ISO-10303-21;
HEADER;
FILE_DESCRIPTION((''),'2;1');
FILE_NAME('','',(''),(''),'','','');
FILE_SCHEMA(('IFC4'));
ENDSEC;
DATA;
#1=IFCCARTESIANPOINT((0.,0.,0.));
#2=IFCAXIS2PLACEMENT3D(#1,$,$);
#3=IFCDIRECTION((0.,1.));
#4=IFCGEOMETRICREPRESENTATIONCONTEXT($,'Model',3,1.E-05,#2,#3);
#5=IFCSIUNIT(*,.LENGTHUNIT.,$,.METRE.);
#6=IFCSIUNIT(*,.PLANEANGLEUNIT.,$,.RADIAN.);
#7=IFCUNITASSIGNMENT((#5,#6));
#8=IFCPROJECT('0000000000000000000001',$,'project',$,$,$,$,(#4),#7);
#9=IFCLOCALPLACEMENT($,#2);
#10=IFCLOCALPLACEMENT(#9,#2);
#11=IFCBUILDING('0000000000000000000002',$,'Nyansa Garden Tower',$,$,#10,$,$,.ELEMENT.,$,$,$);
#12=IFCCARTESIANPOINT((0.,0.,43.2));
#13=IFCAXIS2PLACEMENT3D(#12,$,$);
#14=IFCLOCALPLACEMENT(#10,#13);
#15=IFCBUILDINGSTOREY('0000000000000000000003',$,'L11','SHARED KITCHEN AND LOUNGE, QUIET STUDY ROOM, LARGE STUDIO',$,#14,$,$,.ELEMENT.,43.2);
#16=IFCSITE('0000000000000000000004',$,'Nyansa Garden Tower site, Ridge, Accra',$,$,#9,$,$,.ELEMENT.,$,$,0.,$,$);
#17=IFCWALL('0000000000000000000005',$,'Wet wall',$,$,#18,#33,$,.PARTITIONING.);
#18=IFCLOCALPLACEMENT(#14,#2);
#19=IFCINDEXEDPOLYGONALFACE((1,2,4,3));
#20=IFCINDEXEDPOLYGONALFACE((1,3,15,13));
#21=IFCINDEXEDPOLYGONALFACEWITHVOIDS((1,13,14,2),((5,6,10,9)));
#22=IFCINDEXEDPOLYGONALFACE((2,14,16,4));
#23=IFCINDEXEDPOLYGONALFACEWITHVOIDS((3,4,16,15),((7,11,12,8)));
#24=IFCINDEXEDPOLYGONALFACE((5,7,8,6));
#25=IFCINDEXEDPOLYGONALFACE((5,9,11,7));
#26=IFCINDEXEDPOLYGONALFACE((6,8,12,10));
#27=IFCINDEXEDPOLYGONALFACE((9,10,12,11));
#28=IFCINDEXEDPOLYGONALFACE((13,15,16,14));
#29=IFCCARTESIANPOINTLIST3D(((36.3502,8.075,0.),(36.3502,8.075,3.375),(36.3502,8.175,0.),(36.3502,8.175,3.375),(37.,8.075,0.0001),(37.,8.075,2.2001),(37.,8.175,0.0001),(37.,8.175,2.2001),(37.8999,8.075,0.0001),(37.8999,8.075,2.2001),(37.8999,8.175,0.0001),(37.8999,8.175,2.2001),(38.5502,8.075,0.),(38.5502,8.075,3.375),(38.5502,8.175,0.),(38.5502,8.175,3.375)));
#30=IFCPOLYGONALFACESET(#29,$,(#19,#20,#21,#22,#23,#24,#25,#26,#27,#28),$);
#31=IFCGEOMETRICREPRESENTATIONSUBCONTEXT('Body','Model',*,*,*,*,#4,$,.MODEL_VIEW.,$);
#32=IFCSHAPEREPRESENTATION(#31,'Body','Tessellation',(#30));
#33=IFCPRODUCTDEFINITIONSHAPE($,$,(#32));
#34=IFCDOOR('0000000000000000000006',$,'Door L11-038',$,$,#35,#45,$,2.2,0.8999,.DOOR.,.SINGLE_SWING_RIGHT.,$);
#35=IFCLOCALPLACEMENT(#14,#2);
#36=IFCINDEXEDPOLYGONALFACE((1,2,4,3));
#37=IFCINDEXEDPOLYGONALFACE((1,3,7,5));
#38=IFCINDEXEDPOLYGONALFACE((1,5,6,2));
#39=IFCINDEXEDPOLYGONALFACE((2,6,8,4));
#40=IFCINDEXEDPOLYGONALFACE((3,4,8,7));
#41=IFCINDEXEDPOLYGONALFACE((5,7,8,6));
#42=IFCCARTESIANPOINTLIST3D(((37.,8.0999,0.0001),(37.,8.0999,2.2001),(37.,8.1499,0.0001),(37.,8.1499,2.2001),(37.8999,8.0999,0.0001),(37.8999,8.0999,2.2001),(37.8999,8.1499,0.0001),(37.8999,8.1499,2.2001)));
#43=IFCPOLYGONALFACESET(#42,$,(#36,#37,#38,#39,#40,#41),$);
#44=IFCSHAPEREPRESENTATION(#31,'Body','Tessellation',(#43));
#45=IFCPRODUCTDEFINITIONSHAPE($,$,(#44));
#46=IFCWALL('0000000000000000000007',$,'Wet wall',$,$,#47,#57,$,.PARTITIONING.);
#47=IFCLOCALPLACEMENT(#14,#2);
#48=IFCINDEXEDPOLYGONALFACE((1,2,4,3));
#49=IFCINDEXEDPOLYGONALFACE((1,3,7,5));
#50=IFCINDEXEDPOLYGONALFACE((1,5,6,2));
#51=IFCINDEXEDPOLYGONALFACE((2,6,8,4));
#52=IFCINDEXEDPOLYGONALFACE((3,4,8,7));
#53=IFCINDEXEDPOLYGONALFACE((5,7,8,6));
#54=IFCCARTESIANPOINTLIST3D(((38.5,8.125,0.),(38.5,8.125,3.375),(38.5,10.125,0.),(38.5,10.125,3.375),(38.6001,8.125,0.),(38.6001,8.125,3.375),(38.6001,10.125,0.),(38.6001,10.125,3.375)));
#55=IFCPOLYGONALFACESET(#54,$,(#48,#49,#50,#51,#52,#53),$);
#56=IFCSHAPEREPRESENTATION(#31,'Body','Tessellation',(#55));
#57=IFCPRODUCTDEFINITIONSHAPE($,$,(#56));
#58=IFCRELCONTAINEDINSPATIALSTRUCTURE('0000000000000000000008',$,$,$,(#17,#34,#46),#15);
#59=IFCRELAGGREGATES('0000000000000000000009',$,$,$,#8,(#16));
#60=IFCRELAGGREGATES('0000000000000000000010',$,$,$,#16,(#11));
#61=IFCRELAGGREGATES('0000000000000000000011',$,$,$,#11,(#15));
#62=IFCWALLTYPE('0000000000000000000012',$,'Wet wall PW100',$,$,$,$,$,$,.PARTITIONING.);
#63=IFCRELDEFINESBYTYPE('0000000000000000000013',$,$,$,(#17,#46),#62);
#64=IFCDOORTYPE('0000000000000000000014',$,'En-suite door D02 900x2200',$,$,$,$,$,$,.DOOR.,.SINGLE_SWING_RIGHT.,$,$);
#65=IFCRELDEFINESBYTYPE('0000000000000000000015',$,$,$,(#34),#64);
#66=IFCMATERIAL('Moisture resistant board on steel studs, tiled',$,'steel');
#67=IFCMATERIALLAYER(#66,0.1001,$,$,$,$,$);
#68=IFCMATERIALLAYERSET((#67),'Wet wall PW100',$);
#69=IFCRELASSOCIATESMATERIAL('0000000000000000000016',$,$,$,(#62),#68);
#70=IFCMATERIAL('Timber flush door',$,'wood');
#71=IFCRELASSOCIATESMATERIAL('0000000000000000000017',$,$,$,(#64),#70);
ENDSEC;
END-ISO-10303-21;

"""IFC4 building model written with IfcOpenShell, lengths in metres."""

from ifc_helpers import new_model, si_unit, direction, frame, frame_2d, origin, place, context, subcontext, project, spatial, rectangle, extrude, material, layer, layer_set, type_object, element, fill, save


model = new_model("IFC4")

# Units and contexts
model_context = context("Model", 3, precision=1e-05, world=origin(), true_north=direction((0.0, 1.0)))
body_context = subcontext(model_context, "Body", "Model", "MODEL_VIEW")
ifc_project = project(units=[si_unit("LENGTHUNIT", "METRE"), si_unit("PLANEANGLEUNIT", "RADIAN")], contexts=[model_context])

# Site, building, storey
site_placement = place(None, origin())
site = spatial("IfcSite", under=ifc_project, at=site_placement, Name="Nyansa Garden Tower site, Ridge, Accra", CompositionType="ELEMENT", RefElevation=0.0)
building_placement = place(site_placement, origin())
building = spatial("IfcBuilding", under=site, at=building_placement, Name="Nyansa Garden Tower", CompositionType="ELEMENT")
storey_placement = place(building_placement, frame((0.0, 0.0, 43.2)))
storey = spatial("IfcBuildingStorey", under=building, at=storey_placement, Name="L11", Description="SHARED KITCHEN AND LOUNGE, QUIET STUDY ROOM, LARGE STUDIO", CompositionType="ELEMENT", Elevation=43.2)

# Wall, opening, door
ifc_material_1 = material(Name="Moisture resistant board on steel studs, tiled", Category="steel")
ifc_layer_1 = layer(ifc_material_1, 0.1001)
ifc_layer_set_1 = layer_set([ifc_layer_1], Name="Wet wall PW100")
wall_type_1 = type_object("IfcWallType", Name="Wet wall PW100", PredefinedType="PARTITIONING", material=ifc_layer_set_1)
wall_1_placement = place(storey_placement, frame((36.3501, 8.125, 0.0), z_axis=(0.0, 0.0, 1.0), x_axis=(1.0, 0.0, 0.0)))
wall_1 = element("IfcWall", 1, at=wall_1_placement, inside=storey, type_object=wall_type_1, Name="Wet wall", PredefinedType="PARTITIONING", context=body_context, shape_type="SweptSolid", body=[
    extrude(rectangle(XDim=2.2, YDim=0.1001, at=frame_2d((1.1001, 0.0))), origin(), (0.0, 0.0, 1.0), 3.375),
])
opening_1_placement = place(wall_1_placement, frame((0.6499, 0.0, 0.0)))
opening_1 = element("IfcOpeningElement", 2, at=opening_1_placement, cuts=wall_1, PredefinedType="OPENING", context=body_context, shape_type="SweptSolid", body=[
    extrude(rectangle(XDim=0.8999, YDim=2.2, at=frame_2d((0.45, 1.1001))), frame((0.0, 0.0601, 0.0), z_axis=(0.0, -1.0, 0.0), x_axis=(1.0, 0.0, 0.0)), (0.0, 0.0, 1.0), 0.1201),
])
ifc_material_2 = material(Name="Timber flush door", Category="wood")
door_type_1 = type_object("IfcDoorType", Name="En-suite door D02 900x2200", OperationType="SINGLE_SWING_RIGHT", PredefinedType="DOOR", material=ifc_material_2)
door_1_placement = place(opening_1_placement, origin())
door_1 = element("IfcDoor", 3, at=door_1_placement, inside=storey, type_object=door_type_1, Name="Door L11-038", OperationType="SINGLE_SWING_RIGHT", OverallHeight=2.2, OverallWidth=0.8999, PredefinedType="DOOR", context=body_context, shape_type="SweptSolid", body=[
    extrude(rectangle(XDim=0.8999, YDim=2.2, at=frame_2d((0.45, 1.1001))), frame((0.0, 0.0249, 0.0), z_axis=(0.0, -1.0, 0.0), x_axis=(1.0, 0.0, 0.0)), (0.0, 0.0, 1.0), 0.05),
])
fill(opening_1, door_1)

# Wall
wall_2_placement = place(storey_placement, frame((38.55, 8.125, 0.0), z_axis=(0.0, 0.0, 1.0), x_axis=(0.0, 1.0, 0.0)))
element("IfcWall", 4, at=wall_2_placement, inside=storey, type_object=wall_type_1, Name="Wet wall", PredefinedType="PARTITIONING", context=body_context, shape_type="SweptSolid", body=[
    extrude(rectangle(XDim=2.0, YDim=0.1001, at=frame_2d((1.0, 0.0))), origin(), (0.0, 0.0, 1.0), 3.375),
])

save(model, "model.ifc")
